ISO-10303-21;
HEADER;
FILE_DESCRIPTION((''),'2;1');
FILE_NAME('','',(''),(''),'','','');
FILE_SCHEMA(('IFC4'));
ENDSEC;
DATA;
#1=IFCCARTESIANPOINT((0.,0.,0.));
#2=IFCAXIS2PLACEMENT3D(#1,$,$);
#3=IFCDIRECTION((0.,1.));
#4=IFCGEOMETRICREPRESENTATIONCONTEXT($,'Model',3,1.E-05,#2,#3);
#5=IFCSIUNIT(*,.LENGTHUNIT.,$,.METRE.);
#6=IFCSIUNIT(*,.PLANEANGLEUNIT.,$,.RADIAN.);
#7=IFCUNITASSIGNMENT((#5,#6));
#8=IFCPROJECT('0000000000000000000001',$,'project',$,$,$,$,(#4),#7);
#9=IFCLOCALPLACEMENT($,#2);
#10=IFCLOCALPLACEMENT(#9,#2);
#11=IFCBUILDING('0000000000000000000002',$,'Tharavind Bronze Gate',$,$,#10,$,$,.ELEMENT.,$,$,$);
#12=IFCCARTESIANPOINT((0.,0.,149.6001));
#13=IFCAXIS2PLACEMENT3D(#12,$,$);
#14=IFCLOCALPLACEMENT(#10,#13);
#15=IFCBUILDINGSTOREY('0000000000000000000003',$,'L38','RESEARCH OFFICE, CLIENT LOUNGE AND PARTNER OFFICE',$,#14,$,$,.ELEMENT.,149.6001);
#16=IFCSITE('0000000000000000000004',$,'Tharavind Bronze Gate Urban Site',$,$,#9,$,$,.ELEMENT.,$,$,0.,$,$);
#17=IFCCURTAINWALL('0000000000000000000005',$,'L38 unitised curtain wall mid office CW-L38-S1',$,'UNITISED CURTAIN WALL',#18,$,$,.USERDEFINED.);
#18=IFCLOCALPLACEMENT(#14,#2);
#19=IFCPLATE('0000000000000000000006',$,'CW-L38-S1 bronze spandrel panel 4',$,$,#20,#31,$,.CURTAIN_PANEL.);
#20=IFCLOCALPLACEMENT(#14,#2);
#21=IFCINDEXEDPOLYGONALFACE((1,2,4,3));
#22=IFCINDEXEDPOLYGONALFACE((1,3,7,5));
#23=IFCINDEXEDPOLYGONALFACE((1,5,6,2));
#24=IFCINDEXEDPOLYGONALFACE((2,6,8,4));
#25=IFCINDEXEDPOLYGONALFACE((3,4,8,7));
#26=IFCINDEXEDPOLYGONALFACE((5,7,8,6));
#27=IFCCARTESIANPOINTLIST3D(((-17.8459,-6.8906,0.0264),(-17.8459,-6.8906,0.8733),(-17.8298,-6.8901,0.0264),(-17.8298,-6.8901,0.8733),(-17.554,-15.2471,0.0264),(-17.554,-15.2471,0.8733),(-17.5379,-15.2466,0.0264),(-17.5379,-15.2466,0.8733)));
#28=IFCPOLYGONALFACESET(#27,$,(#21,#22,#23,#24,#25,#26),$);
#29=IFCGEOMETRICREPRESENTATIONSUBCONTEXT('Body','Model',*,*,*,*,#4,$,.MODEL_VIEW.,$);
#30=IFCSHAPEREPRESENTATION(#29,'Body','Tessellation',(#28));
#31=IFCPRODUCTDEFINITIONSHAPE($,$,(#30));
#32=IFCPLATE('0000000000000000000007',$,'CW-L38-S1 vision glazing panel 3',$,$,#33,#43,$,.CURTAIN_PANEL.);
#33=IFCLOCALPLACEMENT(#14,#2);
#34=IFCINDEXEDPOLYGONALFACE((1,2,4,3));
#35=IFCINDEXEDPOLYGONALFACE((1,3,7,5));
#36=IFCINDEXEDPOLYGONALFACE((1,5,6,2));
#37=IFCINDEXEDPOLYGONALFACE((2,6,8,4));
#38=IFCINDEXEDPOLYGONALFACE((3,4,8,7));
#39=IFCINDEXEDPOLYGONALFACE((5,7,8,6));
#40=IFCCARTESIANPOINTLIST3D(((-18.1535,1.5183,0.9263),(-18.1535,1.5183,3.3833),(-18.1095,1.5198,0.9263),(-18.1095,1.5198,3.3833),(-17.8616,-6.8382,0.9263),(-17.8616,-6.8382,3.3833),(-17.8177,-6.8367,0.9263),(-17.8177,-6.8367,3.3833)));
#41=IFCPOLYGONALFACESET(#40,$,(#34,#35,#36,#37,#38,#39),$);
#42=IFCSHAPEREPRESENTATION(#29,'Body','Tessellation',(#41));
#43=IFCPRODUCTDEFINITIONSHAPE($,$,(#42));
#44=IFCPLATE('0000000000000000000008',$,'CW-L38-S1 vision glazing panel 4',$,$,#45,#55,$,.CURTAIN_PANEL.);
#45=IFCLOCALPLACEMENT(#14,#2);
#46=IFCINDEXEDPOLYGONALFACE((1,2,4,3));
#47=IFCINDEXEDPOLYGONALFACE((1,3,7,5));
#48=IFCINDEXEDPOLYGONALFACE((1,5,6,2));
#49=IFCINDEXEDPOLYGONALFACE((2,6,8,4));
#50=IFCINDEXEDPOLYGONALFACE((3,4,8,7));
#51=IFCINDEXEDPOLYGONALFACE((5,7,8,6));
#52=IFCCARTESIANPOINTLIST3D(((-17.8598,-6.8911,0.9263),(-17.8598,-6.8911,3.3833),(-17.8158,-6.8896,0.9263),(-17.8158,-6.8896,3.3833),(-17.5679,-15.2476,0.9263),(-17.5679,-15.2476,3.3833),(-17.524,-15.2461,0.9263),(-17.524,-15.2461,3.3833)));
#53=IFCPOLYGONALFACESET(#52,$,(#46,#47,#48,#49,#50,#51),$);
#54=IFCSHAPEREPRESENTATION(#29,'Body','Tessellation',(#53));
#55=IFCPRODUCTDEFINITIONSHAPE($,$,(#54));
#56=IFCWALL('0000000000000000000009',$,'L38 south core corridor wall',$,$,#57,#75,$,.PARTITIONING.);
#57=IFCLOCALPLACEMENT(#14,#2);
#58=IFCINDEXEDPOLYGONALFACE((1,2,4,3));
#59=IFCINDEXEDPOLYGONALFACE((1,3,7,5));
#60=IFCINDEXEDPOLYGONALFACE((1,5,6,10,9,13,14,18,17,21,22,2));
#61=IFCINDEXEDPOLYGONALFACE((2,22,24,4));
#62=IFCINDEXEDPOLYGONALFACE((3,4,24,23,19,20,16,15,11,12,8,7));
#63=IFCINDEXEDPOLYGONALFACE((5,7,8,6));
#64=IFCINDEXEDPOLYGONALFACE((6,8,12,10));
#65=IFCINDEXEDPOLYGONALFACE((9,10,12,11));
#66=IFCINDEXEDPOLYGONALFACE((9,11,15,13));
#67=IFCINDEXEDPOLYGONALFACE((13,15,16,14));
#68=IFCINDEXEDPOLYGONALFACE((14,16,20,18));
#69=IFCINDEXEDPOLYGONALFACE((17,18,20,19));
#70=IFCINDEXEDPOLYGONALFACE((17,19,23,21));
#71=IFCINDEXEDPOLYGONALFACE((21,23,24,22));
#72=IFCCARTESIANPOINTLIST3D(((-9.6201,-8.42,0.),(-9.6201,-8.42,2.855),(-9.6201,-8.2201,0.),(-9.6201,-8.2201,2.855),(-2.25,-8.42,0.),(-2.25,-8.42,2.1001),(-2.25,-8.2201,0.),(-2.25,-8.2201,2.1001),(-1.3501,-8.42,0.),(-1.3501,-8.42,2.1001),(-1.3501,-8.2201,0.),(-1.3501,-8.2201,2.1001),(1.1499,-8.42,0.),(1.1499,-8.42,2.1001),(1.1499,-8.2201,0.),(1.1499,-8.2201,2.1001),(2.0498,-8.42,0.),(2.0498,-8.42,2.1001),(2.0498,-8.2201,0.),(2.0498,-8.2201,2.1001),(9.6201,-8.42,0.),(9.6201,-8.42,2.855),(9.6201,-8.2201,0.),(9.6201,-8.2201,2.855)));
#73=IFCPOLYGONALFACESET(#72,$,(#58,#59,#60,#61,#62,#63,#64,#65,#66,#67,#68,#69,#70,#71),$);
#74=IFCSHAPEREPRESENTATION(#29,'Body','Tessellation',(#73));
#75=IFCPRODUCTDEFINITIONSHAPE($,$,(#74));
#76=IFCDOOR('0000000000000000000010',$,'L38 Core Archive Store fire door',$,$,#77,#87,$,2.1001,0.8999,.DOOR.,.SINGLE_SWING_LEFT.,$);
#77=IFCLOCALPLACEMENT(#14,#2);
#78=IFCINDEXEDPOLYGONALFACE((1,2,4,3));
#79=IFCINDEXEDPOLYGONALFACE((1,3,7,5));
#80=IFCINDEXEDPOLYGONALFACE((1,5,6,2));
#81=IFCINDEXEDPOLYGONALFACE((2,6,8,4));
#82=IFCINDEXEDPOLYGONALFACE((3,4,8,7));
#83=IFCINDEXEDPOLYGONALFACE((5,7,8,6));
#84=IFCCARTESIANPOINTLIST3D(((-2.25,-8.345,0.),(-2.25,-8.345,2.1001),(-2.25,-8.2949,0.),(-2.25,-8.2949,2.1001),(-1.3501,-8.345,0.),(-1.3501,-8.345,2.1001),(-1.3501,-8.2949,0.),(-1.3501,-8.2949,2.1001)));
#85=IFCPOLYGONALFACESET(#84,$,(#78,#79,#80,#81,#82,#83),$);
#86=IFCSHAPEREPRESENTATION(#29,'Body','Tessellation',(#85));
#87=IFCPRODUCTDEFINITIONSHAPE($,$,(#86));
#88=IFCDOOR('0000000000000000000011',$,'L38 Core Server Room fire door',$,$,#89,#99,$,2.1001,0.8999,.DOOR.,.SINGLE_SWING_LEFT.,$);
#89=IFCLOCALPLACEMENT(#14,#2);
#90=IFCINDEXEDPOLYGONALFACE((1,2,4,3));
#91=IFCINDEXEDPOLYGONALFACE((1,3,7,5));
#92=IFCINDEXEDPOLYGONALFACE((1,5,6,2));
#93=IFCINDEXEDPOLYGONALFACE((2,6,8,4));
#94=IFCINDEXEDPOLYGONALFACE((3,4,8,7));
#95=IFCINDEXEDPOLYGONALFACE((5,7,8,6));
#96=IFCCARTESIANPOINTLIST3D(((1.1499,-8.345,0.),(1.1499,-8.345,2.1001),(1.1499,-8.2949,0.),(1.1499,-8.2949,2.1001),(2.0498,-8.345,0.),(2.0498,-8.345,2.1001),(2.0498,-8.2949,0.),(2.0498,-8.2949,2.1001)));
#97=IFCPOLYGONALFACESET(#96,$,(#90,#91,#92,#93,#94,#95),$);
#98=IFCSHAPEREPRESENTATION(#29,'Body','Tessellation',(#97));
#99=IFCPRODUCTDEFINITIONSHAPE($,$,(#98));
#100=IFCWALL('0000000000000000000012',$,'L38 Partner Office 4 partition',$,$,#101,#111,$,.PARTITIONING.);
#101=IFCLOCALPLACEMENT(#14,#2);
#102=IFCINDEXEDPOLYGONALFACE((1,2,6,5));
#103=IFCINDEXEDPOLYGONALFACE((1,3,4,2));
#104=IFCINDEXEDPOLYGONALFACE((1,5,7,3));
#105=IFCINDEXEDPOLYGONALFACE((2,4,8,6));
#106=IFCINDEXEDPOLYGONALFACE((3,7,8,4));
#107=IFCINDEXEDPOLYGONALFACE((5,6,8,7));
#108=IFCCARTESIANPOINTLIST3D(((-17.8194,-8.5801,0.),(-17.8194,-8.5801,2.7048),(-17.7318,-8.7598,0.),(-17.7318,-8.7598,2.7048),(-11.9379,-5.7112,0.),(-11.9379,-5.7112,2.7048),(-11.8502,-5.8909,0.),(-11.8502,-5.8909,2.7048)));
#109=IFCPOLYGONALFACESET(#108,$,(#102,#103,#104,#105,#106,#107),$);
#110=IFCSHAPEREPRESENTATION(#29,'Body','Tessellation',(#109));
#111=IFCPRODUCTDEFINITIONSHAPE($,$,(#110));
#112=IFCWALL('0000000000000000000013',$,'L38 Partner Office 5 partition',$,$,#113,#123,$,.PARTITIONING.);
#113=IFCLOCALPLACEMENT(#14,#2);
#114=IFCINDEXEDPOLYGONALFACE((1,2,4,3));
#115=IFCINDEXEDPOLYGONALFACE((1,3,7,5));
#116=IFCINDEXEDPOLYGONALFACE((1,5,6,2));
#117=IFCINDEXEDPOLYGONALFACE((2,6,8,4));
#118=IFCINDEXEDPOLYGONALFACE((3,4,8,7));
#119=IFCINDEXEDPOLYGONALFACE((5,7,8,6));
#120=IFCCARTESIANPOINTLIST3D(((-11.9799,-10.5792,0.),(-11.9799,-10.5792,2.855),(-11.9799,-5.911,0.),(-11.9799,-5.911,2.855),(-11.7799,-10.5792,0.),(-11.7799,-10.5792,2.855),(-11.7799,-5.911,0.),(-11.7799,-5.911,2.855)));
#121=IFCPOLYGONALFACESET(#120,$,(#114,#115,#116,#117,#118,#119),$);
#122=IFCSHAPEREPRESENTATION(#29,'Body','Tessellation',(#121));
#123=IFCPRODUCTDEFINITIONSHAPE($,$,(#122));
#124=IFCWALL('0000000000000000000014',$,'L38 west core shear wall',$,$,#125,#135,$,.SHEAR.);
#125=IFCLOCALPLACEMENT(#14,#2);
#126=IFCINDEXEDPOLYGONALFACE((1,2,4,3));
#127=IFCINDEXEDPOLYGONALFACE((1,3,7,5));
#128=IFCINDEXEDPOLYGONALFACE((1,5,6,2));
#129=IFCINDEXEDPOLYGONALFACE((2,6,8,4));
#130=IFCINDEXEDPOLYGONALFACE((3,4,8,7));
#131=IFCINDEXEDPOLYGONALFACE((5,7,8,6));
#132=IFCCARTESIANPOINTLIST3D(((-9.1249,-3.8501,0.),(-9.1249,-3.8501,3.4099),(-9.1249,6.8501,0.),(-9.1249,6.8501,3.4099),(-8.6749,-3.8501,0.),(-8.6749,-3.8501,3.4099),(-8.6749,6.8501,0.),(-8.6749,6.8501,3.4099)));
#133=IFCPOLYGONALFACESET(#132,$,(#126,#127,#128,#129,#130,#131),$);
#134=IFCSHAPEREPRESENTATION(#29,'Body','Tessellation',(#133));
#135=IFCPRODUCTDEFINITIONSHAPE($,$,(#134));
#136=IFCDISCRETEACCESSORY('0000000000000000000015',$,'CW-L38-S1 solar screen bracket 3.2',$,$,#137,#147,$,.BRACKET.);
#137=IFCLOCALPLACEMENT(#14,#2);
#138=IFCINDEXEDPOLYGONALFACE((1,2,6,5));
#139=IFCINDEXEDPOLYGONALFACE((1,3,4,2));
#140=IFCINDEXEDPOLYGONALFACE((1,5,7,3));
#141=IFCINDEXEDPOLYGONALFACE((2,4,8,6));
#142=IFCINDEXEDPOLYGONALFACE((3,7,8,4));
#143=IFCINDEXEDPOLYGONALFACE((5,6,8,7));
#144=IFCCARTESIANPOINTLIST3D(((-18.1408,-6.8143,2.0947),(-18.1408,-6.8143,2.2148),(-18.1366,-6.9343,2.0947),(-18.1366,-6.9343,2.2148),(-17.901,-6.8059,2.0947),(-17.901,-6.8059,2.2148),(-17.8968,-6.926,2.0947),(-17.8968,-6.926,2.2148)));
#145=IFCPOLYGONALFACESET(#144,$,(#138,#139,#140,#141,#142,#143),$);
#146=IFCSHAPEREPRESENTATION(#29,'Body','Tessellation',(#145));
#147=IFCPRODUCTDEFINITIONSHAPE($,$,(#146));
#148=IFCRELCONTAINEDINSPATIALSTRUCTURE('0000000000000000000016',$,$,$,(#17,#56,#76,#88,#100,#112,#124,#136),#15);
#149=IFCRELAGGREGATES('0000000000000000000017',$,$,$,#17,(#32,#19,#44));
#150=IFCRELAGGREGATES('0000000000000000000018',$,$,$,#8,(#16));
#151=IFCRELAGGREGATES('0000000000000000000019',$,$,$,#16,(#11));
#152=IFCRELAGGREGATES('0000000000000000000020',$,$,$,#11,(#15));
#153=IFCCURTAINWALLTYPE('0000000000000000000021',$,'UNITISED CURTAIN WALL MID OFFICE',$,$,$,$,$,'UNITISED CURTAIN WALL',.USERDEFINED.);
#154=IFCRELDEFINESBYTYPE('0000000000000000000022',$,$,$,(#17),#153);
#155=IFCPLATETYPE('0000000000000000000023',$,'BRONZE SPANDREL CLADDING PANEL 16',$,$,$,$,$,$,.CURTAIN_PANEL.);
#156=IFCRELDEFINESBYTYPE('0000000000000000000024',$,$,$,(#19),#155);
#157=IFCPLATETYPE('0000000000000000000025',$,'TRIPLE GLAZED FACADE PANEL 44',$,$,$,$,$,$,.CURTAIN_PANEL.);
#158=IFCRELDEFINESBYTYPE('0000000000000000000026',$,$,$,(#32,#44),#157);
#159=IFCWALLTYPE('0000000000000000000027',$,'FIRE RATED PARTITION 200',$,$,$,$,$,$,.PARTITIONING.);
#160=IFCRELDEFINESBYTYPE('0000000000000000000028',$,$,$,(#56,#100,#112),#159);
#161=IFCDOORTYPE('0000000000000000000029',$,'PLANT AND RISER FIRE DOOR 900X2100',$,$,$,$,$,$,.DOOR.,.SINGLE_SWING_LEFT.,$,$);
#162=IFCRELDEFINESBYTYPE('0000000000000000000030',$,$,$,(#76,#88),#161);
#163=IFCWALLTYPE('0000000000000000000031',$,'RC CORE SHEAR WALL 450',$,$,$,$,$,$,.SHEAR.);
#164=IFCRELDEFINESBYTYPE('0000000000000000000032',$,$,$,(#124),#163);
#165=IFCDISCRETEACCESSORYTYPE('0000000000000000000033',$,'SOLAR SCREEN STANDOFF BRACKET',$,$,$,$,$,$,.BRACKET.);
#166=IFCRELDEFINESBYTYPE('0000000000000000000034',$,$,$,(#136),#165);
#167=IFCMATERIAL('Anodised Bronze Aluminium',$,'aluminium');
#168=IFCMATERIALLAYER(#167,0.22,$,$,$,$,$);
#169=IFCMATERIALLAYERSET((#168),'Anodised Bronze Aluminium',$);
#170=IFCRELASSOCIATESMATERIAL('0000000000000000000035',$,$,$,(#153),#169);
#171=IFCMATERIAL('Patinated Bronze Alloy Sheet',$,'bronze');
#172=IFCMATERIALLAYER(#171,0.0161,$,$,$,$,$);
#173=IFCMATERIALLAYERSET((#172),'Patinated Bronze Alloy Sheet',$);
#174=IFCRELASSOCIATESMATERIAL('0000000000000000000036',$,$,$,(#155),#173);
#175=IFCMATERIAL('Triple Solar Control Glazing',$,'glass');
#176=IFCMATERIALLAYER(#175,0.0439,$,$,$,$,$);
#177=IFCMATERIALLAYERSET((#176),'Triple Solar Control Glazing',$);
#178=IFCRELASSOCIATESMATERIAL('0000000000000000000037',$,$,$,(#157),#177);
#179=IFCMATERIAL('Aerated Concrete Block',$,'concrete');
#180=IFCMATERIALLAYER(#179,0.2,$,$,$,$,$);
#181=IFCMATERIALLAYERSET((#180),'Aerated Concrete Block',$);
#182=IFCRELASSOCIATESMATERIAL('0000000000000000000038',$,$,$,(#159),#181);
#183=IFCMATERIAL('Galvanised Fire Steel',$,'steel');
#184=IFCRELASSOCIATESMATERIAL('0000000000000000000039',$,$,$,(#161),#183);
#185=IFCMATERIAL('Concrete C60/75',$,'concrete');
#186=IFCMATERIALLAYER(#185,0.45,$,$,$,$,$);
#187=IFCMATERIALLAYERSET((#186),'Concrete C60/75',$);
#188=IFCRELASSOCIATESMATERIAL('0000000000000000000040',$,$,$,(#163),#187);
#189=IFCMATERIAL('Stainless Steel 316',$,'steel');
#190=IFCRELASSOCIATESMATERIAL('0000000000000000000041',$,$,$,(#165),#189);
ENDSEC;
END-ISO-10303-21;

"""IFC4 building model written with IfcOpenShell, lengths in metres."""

from ifc_helpers import new_model, si_unit, direction, frame, frame_2d, origin, origin_2d, place, context, subcontext, project, spatial, rectangle, extrude, material, layer, layer_set, type_object, element, fill, aggregate, save


model = new_model("IFC4")

# Units and contexts
model_context = context("Model", 3, precision=1e-05, world=origin(), true_north=direction((0.0, 1.0)))
body_context = subcontext(model_context, "Body", "Model", "MODEL_VIEW")
ifc_project = project(units=[si_unit("LENGTHUNIT", "METRE"), si_unit("PLANEANGLEUNIT", "RADIAN")], contexts=[model_context])

# Site, building, storey
site_placement = place(None, origin())
site = spatial("IfcSite", under=ifc_project, at=site_placement, Name="Tharavind Bronze Gate Urban Site", CompositionType="ELEMENT", RefElevation=0.0)
building_placement = place(site_placement, origin())
building = spatial("IfcBuilding", under=site, at=building_placement, Name="Tharavind Bronze Gate", CompositionType="ELEMENT")
storey_placement = place(building_placement, frame((0.0, 0.0, 149.6001)))
storey = spatial("IfcBuildingStorey", under=building, at=storey_placement, Name="L38", Description="RESEARCH OFFICE, CLIENT LOUNGE AND PARTNER OFFICE", CompositionType="ELEMENT", Elevation=149.6001)

# Shared definitions
ifc_material_1 = material(Name="Concrete C60/75", Category="concrete")

# Curtain wall
ifc_material_2 = material(Name="Anodised Bronze Aluminium", Category="aluminium")
ifc_layer_1 = layer(ifc_material_2, 0.22)
ifc_layer_set_1 = layer_set([ifc_layer_1], Name="Anodised Bronze Aluminium")
curtain_wall_type = type_object("IfcCurtainWallType", Name="UNITISED CURTAIN WALL MID OFFICE", ElementType="UNITISED CURTAIN WALL", PredefinedType="USERDEFINED", material=ifc_layer_set_1)
curtain_wall_placement = place(storey_placement, origin())
curtain_wall = element("IfcCurtainWall", 1, at=curtain_wall_placement, inside=storey, type_object=curtain_wall_type, Name="L38 unitised curtain wall mid office CW-L38-S1", ObjectType="UNITISED CURTAIN WALL", PredefinedType="USERDEFINED")

# Plates
ifc_material_3 = material(Name="Patinated Bronze Alloy Sheet", Category="bronze")
ifc_layer_2 = layer(ifc_material_3, 0.0161)
ifc_layer_set_2 = layer_set([ifc_layer_2], Name="Patinated Bronze Alloy Sheet")
plate_type_1 = type_object("IfcPlateType", Name="BRONZE SPANDREL CLADDING PANEL 16", PredefinedType="CURTAIN_PANEL", material=ifc_layer_set_2)
plate_1_placement = place(storey_placement, frame((-17.6919, -11.0686, 0.0264), z_axis=(0.0, 0.0, 1.0), x_axis=(0.034899, -0.999391, 0.0)))
plate_1 = element("IfcPlate", 2, at=plate_1_placement, type_object=plate_type_1, Name="CW-L38-S1 bronze spandrel panel 4", PredefinedType="CURTAIN_PANEL", context=body_context, shape_type="SweptSolid", body=[
    extrude(rectangle(XDim=8.3616, YDim=0.0161, at=origin_2d()), origin(), (0.0, 0.0, 1.0), 0.8469),
])
ifc_material_4 = material(Name="Triple Solar Control Glazing", Category="glass")
ifc_layer_3 = layer(ifc_material_4, 0.0439)
ifc_layer_set_3 = layer_set([ifc_layer_3], Name="Triple Solar Control Glazing")
plate_type_2 = type_object("IfcPlateType", Name="TRIPLE GLAZED FACADE PANEL 44", PredefinedType="CURTAIN_PANEL", material=ifc_layer_set_3)
plate_2_placement = place(storey_placement, frame((-17.9856, -2.6592, 0.9263), z_axis=(0.0, 0.0, 1.0), x_axis=(0.034899, -0.999391, 0.0)))
plate_2 = element("IfcPlate", 3, at=plate_2_placement, type_object=plate_type_2, Name="CW-L38-S1 vision glazing panel 3", PredefinedType="CURTAIN_PANEL", context=body_context, shape_type="SweptSolid", body=[
    extrude(rectangle(XDim=8.3616, YDim=0.0439, at=origin_2d()), origin(), (0.0, 0.0, 1.0), 2.457),
])
plate_3_placement = place(storey_placement, frame((-17.6919, -11.0686, 0.9263), z_axis=(0.0, 0.0, 1.0), x_axis=(0.034899, -0.999391, 0.0)))
plate_3 = element("IfcPlate", 4, at=plate_3_placement, type_object=plate_type_2, Name="CW-L38-S1 vision glazing panel 4", PredefinedType="CURTAIN_PANEL", context=body_context, shape_type="SweptSolid", body=[
    extrude(rectangle(XDim=8.3616, YDim=0.0439, at=origin_2d()), origin(), (0.0, 0.0, 1.0), 2.457),
])
aggregate(curtain_wall, [plate_2, plate_1, plate_3])

# Wall, openings, doors
ifc_material_5 = material(Name="Aerated Concrete Block", Category="concrete")
ifc_layer_4 = layer(ifc_material_5, 0.2)
ifc_layer_set_4 = layer_set([ifc_layer_4], Name="Aerated Concrete Block")
wall_type_1 = type_object("IfcWallType", Name="FIRE RATED PARTITION 200", PredefinedType="PARTITIONING", material=ifc_layer_set_4)
wall_1_placement = place(storey_placement, frame((-9.6201, -8.3201, 0.0), z_axis=(0.0, 0.0, 1.0), x_axis=(1.0, 0.0, 0.0)))
wall_1 = element("IfcWall", 5, at=wall_1_placement, inside=storey, type_object=wall_type_1, Name="L38 south core corridor wall", PredefinedType="PARTITIONING", context=body_context, shape_type="SweptSolid", body=[
    extrude(rectangle(XDim=19.2402, YDim=0.2, at=frame_2d((9.6201, 0.0))), origin(), (0.0, 0.0, 1.0), 2.855),
])
opening_1_placement = place(wall_1_placement, frame((7.3701, 0.0, 0.0)))
opening_1 = element("IfcOpeningElement", 6, at=opening_1_placement, cuts=wall_1, PredefinedType="OPENING", context=body_context, shape_type="SweptSolid", body=[
    extrude(rectangle(XDim=0.8999, YDim=2.1001, at=frame_2d((0.45, 1.05))), frame((0.0, 0.1101, 0.0), z_axis=(0.0, -1.0, 0.0), x_axis=(1.0, 0.0, 0.0)), (0.0, 0.0, 1.0), 0.22),
])
opening_2_placement = place(wall_1_placement, frame((10.77, 0.0, 0.0)))
opening_2 = element("IfcOpeningElement", 7, at=opening_2_placement, cuts=wall_1, PredefinedType="OPENING", context=body_context, shape_type="SweptSolid", body=[
    extrude(rectangle(XDim=0.8999, YDim=2.1001, at=frame_2d((0.45, 1.05))), frame((0.0, 0.1101, 0.0), z_axis=(0.0, -1.0, 0.0), x_axis=(1.0, 0.0, 0.0)), (0.0, 0.0, 1.0), 0.22),
])
ifc_material_6 = material(Name="Galvanised Fire Steel", Category="steel")
door_type_1 = type_object("IfcDoorType", Name="PLANT AND RISER FIRE DOOR 900X2100", OperationType="SINGLE_SWING_LEFT", PredefinedType="DOOR", material=ifc_material_6)
door_1_placement = place(opening_1_placement, frame((0.8999, 0.0, 0.0), z_axis=(0.0, 0.0, 1.0), x_axis=(-1.0, 0.0, 0.0)))
door_1 = element("IfcDoor", 8, at=door_1_placement, inside=storey, type_object=door_type_1, Name="L38 Core Archive Store fire door", OperationType="SINGLE_SWING_LEFT", OverallHeight=2.1001, OverallWidth=0.8999, PredefinedType="DOOR", context=body_context, shape_type="SweptSolid", body=[
    extrude(rectangle(XDim=0.8999, YDim=2.1001, at=frame_2d((0.45, 1.05))), frame((0.0, 0.0249, 0.0), z_axis=(0.0, -1.0, 0.0), x_axis=(1.0, 0.0, 0.0)), (0.0, 0.0, 1.0), 0.05),
])
fill(opening_1, door_1)
door_2_placement = place(opening_2_placement, frame((0.8999, 0.0, 0.0), z_axis=(0.0, 0.0, 1.0), x_axis=(-1.0, 0.0, 0.0)))
door_2 = element("IfcDoor", 9, at=door_2_placement, inside=storey, type_object=door_type_1, Name="L38 Core Server Room fire door", OperationType="SINGLE_SWING_LEFT", OverallHeight=2.1001, OverallWidth=0.8999, PredefinedType="DOOR", context=body_context, shape_type="SweptSolid", body=[
    extrude(rectangle(XDim=0.8999, YDim=2.1001, at=frame_2d((0.45, 1.05))), frame((0.0, 0.0249, 0.0), z_axis=(0.0, -1.0, 0.0), x_axis=(1.0, 0.0, 0.0)), (0.0, 0.0, 1.0), 0.05),
])
fill(opening_2, door_2)

# Walls
wall_2_placement = place(storey_placement, frame((-11.894, -5.801, 0.0), z_axis=(0.0, 0.0, 1.0), x_axis=(-0.898779, -0.438402, 0.0)))
element("IfcWall", 10, at=wall_2_placement, inside=storey, type_object=wall_type_1, Name="L38 Partner Office 4 partition", PredefinedType="PARTITIONING", context=body_context, shape_type="SweptSolid", body=[
    extrude(rectangle(XDim=6.5439, YDim=0.2, at=frame_2d((3.272, 0.0))), origin(), (0.0, 0.0, 1.0), 2.7048),
])
wall_3_placement = place(storey_placement, frame((-11.8799, -5.9111, 0.0), z_axis=(0.0, 0.0, 1.0), x_axis=(0.0, -1.0, 0.0)))
element("IfcWall", 11, at=wall_3_placement, inside=storey, type_object=wall_type_1, Name="L38 Partner Office 5 partition", PredefinedType="PARTITIONING", context=body_context, shape_type="SweptSolid", body=[
    extrude(rectangle(XDim=4.6682, YDim=0.2, at=frame_2d((2.334, 0.0))), origin(), (0.0, 0.0, 1.0), 2.855),
])

# Wall
ifc_layer_5 = layer(ifc_material_1, 0.45)
ifc_layer_set_5 = layer_set([ifc_layer_5], Name="Concrete C60/75")
wall_type_2 = type_object("IfcWallType", Name="RC CORE SHEAR WALL 450", PredefinedType="SHEAR", material=ifc_layer_set_5)
wall_4_placement = place(storey_placement, frame((-8.8999, -3.8501, 0.0), z_axis=(0.0, 0.0, 1.0), x_axis=(0.0, 1.0, 0.0)))
element("IfcWall", 12, at=wall_4_placement, inside=storey, type_object=wall_type_2, Name="L38 west core shear wall", PredefinedType="SHEAR", context=body_context, shape_type="SweptSolid", body=[
    extrude(rectangle(XDim=10.7002, YDim=0.45, at=frame_2d((5.3501, 0.0))), origin(), (0.0, 0.0, 1.0), 3.4099),
])

# Discrete accessory
ifc_material_7 = material(Name="Stainless Steel 316", Category="steel")
discrete_accessory_type = type_object("IfcDiscreteAccessoryType", Name="SOLAR SCREEN STANDOFF BRACKET", PredefinedType="BRACKET", material=ifc_material_7)
discrete_accessory_placement = place(storey_placement, frame((-18.0188, -6.8701, 2.0947), z_axis=(0.0, 0.0, 1.0), x_axis=(0.034899, -0.999391, 0.0)))
element("IfcDiscreteAccessory", 13, at=discrete_accessory_placement, inside=storey, type_object=discrete_accessory_type, Name="CW-L38-S1 solar screen bracket 3.2", PredefinedType="BRACKET", context=body_context, shape_type="SweptSolid", body=[
    extrude(rectangle(XDim=0.1201, YDim=0.24, at=origin_2d()), origin(), (0.0, 0.0, 1.0), 0.1201),
])

save(model, "model.ifc")
